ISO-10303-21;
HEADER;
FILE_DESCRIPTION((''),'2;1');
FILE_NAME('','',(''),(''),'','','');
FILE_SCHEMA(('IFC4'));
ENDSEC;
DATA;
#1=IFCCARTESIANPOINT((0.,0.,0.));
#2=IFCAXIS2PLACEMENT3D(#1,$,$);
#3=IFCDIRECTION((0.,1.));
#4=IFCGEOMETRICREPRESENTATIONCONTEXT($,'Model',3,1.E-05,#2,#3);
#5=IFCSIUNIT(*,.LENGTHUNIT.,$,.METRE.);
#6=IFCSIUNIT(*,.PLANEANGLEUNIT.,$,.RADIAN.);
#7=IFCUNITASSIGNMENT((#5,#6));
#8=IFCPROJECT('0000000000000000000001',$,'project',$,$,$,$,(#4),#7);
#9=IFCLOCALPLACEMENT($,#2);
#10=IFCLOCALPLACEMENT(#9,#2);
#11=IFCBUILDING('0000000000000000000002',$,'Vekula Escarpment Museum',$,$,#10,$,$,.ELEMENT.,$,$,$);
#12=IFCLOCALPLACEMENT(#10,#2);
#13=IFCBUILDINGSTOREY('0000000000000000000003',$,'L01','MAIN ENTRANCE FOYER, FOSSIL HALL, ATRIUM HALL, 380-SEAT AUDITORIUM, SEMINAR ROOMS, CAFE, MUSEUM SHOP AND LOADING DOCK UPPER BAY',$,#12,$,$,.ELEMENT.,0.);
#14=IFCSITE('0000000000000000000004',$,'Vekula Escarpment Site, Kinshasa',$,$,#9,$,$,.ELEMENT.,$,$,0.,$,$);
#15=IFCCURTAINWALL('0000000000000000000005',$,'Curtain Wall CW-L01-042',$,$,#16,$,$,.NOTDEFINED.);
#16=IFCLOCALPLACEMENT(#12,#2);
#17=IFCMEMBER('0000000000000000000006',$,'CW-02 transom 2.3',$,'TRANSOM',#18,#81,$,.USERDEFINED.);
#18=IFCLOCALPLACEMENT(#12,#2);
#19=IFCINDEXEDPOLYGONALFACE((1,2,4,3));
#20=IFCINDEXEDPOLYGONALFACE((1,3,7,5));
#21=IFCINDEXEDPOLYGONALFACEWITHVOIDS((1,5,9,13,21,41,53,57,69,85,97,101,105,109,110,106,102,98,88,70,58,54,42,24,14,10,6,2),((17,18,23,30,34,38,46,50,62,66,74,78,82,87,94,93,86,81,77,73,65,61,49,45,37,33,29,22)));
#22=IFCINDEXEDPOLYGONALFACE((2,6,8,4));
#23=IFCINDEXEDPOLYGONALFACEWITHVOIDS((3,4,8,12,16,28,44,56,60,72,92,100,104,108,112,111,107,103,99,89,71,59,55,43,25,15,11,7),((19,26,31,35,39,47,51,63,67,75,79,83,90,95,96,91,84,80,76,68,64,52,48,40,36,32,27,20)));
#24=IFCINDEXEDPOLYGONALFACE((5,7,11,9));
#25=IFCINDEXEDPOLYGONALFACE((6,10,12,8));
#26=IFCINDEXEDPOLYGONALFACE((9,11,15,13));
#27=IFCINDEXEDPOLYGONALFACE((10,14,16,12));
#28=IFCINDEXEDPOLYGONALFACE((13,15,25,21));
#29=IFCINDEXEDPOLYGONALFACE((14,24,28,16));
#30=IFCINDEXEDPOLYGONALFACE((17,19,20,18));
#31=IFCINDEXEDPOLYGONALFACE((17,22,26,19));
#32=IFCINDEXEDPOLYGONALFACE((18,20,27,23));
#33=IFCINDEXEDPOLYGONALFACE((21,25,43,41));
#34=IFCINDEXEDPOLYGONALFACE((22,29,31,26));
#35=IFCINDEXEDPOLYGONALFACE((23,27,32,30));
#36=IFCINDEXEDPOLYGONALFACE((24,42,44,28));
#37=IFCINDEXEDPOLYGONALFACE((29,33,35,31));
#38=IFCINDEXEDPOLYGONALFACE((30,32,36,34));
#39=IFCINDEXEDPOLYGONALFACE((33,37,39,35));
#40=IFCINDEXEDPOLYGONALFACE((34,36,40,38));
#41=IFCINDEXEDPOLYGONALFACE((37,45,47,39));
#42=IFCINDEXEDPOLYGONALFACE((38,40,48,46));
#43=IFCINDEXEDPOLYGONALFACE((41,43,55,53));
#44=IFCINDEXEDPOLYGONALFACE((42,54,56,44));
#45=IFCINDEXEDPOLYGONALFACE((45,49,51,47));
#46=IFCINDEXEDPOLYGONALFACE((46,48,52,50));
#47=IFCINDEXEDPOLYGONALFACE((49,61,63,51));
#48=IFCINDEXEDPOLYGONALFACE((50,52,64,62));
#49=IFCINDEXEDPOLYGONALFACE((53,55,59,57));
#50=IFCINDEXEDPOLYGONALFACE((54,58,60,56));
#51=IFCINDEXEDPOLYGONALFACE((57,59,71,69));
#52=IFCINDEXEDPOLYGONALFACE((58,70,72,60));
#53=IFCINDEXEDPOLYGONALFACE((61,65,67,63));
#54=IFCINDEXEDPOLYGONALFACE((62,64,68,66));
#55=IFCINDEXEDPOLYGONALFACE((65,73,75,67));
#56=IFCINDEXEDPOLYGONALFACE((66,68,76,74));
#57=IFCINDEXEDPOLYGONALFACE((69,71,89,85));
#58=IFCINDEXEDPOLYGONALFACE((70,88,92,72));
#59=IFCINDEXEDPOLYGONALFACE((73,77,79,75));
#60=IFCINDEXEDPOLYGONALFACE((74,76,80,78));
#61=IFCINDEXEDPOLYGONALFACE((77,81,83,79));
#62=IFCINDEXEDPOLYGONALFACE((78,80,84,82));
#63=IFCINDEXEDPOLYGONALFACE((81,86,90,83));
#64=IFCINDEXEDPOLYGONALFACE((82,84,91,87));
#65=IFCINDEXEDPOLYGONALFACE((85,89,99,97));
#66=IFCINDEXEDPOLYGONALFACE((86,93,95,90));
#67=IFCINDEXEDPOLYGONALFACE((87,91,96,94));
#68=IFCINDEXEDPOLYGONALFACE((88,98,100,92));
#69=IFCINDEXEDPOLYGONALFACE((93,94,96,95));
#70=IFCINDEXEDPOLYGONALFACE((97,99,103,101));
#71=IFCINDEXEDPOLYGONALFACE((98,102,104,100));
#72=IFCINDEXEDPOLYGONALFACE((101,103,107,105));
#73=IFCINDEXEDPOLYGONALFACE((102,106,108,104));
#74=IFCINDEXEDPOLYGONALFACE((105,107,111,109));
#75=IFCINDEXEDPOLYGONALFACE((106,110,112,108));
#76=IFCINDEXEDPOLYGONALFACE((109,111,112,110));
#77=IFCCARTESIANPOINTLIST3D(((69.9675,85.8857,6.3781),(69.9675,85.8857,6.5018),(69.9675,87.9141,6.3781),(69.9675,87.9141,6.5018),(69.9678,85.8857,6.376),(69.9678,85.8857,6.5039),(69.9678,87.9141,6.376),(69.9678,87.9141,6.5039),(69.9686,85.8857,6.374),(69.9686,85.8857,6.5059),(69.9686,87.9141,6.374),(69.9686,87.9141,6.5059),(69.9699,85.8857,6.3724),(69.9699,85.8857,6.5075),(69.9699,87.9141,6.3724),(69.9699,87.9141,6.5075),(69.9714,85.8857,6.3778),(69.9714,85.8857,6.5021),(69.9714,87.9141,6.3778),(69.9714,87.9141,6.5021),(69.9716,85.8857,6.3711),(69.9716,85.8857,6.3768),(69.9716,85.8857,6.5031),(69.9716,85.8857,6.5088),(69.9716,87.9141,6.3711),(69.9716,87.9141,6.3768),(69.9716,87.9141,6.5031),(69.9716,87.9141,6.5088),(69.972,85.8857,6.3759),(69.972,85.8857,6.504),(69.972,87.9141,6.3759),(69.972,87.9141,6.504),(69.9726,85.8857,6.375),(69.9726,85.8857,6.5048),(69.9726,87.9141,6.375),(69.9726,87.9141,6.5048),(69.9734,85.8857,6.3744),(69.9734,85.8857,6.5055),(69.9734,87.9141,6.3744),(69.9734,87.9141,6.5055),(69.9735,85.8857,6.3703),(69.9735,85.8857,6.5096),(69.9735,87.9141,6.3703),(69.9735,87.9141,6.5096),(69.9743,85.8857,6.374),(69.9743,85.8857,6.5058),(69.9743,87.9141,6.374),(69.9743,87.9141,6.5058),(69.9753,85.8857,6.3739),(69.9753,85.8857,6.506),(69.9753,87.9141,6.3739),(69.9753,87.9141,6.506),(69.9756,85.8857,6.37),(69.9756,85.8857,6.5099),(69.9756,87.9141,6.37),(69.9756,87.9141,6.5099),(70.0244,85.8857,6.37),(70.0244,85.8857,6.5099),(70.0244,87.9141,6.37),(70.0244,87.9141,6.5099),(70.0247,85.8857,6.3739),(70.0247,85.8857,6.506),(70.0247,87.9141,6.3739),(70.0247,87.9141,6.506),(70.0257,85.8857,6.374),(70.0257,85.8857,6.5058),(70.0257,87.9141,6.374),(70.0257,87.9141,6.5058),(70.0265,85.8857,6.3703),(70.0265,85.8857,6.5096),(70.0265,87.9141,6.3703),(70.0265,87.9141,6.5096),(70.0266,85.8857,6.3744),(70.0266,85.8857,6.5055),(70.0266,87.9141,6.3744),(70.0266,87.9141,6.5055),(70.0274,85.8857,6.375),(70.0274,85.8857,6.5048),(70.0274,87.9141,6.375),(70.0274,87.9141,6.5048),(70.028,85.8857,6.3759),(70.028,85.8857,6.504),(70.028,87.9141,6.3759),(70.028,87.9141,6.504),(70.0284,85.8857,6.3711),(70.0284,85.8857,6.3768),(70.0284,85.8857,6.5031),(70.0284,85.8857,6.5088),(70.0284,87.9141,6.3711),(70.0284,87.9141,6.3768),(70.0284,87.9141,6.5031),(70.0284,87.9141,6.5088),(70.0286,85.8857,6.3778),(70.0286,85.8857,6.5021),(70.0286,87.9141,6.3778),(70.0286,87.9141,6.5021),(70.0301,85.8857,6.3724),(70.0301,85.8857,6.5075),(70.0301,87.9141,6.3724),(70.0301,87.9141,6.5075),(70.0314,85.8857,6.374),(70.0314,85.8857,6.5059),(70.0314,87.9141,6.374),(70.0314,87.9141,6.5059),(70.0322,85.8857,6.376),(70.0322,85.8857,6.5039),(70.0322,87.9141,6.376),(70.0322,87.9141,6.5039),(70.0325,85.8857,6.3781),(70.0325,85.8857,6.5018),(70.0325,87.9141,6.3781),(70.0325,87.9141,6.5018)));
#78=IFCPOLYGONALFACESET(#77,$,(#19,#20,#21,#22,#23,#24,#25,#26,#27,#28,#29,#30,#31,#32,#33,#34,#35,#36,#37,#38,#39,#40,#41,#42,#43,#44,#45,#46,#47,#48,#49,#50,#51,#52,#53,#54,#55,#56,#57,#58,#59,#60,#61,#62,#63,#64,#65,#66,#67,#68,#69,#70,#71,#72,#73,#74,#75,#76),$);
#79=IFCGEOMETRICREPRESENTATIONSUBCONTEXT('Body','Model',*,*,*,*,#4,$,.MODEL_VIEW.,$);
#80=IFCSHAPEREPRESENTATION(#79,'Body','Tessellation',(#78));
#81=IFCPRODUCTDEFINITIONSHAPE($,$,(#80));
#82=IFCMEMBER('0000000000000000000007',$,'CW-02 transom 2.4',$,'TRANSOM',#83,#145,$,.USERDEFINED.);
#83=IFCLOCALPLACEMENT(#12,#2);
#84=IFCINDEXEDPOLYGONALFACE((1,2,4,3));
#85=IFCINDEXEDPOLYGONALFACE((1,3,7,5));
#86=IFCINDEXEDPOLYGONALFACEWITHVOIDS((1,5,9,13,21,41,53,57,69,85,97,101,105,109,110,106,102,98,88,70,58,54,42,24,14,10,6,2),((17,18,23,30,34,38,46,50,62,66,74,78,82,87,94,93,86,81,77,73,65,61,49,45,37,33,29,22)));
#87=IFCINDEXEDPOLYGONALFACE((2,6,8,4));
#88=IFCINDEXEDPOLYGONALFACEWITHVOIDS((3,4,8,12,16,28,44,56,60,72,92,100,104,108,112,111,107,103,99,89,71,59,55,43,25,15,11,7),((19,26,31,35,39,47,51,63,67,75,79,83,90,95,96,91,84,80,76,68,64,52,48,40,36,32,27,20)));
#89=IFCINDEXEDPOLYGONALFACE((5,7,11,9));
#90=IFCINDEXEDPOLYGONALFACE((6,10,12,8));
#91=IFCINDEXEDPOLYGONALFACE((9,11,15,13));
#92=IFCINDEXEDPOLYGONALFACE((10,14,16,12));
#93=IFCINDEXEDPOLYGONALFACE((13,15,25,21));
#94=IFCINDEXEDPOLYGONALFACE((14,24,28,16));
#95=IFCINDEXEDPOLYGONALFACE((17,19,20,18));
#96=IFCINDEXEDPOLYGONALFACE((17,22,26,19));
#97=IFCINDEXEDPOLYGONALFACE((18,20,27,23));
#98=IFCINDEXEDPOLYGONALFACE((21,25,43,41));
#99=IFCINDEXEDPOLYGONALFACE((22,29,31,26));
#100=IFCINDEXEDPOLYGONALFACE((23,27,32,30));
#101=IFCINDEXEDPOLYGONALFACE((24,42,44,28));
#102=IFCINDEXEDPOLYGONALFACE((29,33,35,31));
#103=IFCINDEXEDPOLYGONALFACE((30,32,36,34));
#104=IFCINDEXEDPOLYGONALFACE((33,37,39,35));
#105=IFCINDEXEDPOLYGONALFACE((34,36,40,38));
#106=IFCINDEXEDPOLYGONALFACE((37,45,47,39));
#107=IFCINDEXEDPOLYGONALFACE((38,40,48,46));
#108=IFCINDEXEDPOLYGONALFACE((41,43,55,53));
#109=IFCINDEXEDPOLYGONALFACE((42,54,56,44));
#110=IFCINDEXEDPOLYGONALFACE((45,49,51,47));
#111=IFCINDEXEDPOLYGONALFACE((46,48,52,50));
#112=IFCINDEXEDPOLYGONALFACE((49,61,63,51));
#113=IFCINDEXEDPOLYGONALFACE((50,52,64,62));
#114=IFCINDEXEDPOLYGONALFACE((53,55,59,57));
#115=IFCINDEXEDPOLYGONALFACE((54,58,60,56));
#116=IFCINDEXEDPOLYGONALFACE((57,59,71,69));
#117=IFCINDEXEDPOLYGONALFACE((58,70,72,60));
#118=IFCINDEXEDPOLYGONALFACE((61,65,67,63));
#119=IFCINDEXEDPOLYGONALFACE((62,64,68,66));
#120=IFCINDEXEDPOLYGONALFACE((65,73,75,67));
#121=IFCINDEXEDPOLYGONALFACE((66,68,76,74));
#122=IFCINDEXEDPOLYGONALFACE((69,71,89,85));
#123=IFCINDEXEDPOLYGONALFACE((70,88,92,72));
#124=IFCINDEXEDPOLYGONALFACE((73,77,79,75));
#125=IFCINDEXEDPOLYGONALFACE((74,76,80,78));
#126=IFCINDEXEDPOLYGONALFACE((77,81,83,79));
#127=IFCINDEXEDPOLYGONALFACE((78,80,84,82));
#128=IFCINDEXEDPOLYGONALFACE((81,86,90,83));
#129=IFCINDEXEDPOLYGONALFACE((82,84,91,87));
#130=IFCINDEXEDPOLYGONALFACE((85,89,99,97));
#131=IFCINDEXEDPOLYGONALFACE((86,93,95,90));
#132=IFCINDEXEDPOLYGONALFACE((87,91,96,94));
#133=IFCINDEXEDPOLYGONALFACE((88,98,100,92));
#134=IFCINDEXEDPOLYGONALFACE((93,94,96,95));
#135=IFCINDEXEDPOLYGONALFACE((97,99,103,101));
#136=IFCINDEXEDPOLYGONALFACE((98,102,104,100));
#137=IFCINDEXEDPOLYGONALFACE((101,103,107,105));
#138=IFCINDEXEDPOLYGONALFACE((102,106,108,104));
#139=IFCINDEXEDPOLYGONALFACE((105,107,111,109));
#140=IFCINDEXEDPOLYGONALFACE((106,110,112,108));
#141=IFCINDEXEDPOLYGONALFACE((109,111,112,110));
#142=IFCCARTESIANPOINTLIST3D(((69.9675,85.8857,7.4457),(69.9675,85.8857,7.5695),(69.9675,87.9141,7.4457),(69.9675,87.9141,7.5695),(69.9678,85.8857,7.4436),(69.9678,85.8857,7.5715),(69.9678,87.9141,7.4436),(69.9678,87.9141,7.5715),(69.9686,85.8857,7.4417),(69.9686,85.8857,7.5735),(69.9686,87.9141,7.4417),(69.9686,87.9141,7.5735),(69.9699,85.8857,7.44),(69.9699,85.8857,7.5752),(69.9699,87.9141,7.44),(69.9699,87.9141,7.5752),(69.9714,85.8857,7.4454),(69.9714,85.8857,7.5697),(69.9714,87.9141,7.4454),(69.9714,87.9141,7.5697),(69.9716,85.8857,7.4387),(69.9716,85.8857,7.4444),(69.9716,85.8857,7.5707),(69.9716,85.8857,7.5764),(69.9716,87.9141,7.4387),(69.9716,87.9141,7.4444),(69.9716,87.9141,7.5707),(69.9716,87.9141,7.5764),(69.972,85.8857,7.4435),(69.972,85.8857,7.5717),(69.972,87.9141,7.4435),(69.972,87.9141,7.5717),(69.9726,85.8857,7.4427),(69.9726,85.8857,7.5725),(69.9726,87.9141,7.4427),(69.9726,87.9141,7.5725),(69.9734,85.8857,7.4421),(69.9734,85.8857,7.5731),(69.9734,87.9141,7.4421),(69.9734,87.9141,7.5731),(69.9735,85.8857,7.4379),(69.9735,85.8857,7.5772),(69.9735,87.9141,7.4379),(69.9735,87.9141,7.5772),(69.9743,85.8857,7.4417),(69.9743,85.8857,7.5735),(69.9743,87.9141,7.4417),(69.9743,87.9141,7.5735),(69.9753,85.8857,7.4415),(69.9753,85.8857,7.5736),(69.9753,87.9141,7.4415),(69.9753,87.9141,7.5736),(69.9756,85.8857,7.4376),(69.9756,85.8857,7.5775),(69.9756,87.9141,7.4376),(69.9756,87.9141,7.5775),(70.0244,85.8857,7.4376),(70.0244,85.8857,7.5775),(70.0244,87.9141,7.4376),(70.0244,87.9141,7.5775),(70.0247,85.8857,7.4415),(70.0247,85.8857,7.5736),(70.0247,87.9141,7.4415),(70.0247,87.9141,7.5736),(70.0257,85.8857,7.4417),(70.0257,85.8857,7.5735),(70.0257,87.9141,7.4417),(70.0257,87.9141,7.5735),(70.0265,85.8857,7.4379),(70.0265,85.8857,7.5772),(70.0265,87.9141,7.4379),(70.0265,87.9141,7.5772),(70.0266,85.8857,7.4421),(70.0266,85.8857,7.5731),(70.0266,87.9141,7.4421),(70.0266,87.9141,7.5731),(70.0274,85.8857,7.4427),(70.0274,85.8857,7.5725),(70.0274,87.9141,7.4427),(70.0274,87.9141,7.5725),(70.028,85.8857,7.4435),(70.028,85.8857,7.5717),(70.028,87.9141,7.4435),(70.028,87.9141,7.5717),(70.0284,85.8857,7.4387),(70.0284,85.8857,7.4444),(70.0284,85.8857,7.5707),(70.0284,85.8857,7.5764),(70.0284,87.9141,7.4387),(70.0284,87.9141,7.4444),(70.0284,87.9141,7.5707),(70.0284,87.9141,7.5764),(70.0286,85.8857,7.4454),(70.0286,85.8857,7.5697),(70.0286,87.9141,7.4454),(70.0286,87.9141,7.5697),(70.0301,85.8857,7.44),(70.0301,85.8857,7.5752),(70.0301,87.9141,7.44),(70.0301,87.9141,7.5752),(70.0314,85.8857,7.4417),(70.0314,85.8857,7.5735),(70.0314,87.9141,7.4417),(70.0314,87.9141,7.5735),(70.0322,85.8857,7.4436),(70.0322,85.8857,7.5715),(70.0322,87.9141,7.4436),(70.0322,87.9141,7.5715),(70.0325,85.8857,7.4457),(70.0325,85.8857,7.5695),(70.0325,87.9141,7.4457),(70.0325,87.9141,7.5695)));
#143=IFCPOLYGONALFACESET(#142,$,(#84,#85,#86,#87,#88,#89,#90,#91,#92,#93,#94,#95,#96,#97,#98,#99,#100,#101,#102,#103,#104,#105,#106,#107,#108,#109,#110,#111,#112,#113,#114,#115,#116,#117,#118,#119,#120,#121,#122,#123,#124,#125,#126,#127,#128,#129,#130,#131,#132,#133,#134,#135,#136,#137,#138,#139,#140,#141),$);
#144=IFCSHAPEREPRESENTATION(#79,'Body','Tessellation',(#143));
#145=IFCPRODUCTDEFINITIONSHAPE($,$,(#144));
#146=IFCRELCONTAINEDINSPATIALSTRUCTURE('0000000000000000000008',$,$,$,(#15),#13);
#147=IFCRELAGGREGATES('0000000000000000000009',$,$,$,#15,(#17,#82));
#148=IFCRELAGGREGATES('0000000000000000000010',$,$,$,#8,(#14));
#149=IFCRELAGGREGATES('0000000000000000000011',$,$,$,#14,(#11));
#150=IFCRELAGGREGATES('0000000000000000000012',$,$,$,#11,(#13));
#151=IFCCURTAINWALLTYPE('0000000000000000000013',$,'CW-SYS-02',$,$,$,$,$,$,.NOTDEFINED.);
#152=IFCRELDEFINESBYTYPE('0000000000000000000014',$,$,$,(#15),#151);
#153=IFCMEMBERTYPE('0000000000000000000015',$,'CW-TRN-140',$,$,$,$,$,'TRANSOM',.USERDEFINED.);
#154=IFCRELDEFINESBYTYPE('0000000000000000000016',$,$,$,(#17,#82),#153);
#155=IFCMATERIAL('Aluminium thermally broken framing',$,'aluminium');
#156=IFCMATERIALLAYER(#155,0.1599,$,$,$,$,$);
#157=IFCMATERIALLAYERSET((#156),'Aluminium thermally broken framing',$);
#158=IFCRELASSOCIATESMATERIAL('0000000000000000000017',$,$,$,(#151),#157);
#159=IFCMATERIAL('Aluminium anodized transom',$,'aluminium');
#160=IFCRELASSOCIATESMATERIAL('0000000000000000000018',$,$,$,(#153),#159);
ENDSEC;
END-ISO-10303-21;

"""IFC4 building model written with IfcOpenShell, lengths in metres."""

from ifc_helpers import new_model, si_unit, direction, frame, origin, origin_2d, place, context, subcontext, project, spatial, hollow_rectangle, extrude, material, layer, layer_set, material_profile, profile_set, type_object, element, aggregate, save


model = new_model("IFC4")

# Units and contexts
model_context = context("Model", 3, precision=1e-05, world=origin(), true_north=direction((0.0, 1.0)))
body_context = subcontext(model_context, "Body", "Model", "MODEL_VIEW")
ifc_project = project(units=[si_unit("LENGTHUNIT", "METRE"), si_unit("PLANEANGLEUNIT", "RADIAN")], contexts=[model_context])

# Site, building, storey
site_placement = place(None, origin())
site = spatial("IfcSite", under=ifc_project, at=site_placement, Name="Vekula Escarpment Site, Kinshasa", CompositionType="ELEMENT", RefElevation=0.0)
building_placement = place(site_placement, origin())
building = spatial("IfcBuilding", under=site, at=building_placement, Name="Vekula Escarpment Museum", CompositionType="ELEMENT")
storey_placement = place(building_placement, origin())
storey = spatial("IfcBuildingStorey", under=building, at=storey_placement, Name="L01", Description="MAIN ENTRANCE FOYER, FOSSIL HALL, ATRIUM HALL, 380-SEAT AUDITORIUM, SEMINAR ROOMS, CAFE, MUSEUM SHOP AND LOADING DOCK UPPER BAY", CompositionType="ELEMENT", Elevation=0.0)

# Curtain wall, members
ifc_material_1 = material(Name="Aluminium thermally broken framing", Category="aluminium")
ifc_layer_1 = layer(ifc_material_1, 0.1599)
ifc_layer_set_1 = layer_set([ifc_layer_1], Name="Aluminium thermally broken framing")
curtain_wall_type = type_object("IfcCurtainWallType", Name="CW-SYS-02", PredefinedType="NOTDEFINED", material=ifc_layer_set_1)
curtain_wall_placement = place(storey_placement, origin())
curtain_wall = element("IfcCurtainWall", 1, at=curtain_wall_placement, inside=storey, type_object=curtain_wall_type, Name="Curtain Wall CW-L01-042", PredefinedType="NOTDEFINED")
ifc_material_2 = material(Name="Aluminium anodized transom", Category="aluminium")
ifc_material_profile_1 = material_profile(ifc_material_2, hollow_rectangle(XDim=0.0649, YDim=0.1399, WallThickness=0.0039, InnerFilletRadius=0.0039, OuterFilletRadius=0.0081, at=origin_2d()), Name="ALU 140x65x4")
ifc_profile_set_1 = profile_set([ifc_material_profile_1], Name="Aluminium anodized transom")
member_type_1 = type_object("IfcMemberType", Name="CW-TRN-140", ElementType="TRANSOM", PredefinedType="USERDEFINED", material=ifc_profile_set_1)
member_1_placement = place(storey_placement, frame((70.0, 87.9141, 6.4399), z_axis=(0.0, -1.0, 0.0), x_axis=(1.0, 0.0, 0.0)))
member_1 = element("IfcMember", 2, at=member_1_placement, type_object=member_type_1, Name="CW-02 transom 2.3", ObjectType="TRANSOM", PredefinedType="USERDEFINED", context=body_context, shape_type="SweptSolid", body=[
    extrude(hollow_rectangle(XDim=0.0649, YDim=0.1399, WallThickness=0.0039, InnerFilletRadius=0.0039, OuterFilletRadius=0.0081, at=origin_2d()), origin(), (0.0, 0.0, 1.0), 2.0283),
])
member_2_placement = place(storey_placement, frame((70.0, 87.9141, 7.5076), z_axis=(0.0, -1.0, 0.0), x_axis=(1.0, 0.0, 0.0)))
member_2 = element("IfcMember", 3, at=member_2_placement, type_object=member_type_1, Name="CW-02 transom 2.4", ObjectType="TRANSOM", PredefinedType="USERDEFINED", context=body_context, shape_type="SweptSolid", body=[
    extrude(hollow_rectangle(XDim=0.0649, YDim=0.1399, WallThickness=0.0039, InnerFilletRadius=0.0039, OuterFilletRadius=0.0081, at=origin_2d()), origin(), (0.0, 0.0, 1.0), 2.0283),
])

aggregate(curtain_wall, [member_1, member_2])

save(model, "model.ifc")
